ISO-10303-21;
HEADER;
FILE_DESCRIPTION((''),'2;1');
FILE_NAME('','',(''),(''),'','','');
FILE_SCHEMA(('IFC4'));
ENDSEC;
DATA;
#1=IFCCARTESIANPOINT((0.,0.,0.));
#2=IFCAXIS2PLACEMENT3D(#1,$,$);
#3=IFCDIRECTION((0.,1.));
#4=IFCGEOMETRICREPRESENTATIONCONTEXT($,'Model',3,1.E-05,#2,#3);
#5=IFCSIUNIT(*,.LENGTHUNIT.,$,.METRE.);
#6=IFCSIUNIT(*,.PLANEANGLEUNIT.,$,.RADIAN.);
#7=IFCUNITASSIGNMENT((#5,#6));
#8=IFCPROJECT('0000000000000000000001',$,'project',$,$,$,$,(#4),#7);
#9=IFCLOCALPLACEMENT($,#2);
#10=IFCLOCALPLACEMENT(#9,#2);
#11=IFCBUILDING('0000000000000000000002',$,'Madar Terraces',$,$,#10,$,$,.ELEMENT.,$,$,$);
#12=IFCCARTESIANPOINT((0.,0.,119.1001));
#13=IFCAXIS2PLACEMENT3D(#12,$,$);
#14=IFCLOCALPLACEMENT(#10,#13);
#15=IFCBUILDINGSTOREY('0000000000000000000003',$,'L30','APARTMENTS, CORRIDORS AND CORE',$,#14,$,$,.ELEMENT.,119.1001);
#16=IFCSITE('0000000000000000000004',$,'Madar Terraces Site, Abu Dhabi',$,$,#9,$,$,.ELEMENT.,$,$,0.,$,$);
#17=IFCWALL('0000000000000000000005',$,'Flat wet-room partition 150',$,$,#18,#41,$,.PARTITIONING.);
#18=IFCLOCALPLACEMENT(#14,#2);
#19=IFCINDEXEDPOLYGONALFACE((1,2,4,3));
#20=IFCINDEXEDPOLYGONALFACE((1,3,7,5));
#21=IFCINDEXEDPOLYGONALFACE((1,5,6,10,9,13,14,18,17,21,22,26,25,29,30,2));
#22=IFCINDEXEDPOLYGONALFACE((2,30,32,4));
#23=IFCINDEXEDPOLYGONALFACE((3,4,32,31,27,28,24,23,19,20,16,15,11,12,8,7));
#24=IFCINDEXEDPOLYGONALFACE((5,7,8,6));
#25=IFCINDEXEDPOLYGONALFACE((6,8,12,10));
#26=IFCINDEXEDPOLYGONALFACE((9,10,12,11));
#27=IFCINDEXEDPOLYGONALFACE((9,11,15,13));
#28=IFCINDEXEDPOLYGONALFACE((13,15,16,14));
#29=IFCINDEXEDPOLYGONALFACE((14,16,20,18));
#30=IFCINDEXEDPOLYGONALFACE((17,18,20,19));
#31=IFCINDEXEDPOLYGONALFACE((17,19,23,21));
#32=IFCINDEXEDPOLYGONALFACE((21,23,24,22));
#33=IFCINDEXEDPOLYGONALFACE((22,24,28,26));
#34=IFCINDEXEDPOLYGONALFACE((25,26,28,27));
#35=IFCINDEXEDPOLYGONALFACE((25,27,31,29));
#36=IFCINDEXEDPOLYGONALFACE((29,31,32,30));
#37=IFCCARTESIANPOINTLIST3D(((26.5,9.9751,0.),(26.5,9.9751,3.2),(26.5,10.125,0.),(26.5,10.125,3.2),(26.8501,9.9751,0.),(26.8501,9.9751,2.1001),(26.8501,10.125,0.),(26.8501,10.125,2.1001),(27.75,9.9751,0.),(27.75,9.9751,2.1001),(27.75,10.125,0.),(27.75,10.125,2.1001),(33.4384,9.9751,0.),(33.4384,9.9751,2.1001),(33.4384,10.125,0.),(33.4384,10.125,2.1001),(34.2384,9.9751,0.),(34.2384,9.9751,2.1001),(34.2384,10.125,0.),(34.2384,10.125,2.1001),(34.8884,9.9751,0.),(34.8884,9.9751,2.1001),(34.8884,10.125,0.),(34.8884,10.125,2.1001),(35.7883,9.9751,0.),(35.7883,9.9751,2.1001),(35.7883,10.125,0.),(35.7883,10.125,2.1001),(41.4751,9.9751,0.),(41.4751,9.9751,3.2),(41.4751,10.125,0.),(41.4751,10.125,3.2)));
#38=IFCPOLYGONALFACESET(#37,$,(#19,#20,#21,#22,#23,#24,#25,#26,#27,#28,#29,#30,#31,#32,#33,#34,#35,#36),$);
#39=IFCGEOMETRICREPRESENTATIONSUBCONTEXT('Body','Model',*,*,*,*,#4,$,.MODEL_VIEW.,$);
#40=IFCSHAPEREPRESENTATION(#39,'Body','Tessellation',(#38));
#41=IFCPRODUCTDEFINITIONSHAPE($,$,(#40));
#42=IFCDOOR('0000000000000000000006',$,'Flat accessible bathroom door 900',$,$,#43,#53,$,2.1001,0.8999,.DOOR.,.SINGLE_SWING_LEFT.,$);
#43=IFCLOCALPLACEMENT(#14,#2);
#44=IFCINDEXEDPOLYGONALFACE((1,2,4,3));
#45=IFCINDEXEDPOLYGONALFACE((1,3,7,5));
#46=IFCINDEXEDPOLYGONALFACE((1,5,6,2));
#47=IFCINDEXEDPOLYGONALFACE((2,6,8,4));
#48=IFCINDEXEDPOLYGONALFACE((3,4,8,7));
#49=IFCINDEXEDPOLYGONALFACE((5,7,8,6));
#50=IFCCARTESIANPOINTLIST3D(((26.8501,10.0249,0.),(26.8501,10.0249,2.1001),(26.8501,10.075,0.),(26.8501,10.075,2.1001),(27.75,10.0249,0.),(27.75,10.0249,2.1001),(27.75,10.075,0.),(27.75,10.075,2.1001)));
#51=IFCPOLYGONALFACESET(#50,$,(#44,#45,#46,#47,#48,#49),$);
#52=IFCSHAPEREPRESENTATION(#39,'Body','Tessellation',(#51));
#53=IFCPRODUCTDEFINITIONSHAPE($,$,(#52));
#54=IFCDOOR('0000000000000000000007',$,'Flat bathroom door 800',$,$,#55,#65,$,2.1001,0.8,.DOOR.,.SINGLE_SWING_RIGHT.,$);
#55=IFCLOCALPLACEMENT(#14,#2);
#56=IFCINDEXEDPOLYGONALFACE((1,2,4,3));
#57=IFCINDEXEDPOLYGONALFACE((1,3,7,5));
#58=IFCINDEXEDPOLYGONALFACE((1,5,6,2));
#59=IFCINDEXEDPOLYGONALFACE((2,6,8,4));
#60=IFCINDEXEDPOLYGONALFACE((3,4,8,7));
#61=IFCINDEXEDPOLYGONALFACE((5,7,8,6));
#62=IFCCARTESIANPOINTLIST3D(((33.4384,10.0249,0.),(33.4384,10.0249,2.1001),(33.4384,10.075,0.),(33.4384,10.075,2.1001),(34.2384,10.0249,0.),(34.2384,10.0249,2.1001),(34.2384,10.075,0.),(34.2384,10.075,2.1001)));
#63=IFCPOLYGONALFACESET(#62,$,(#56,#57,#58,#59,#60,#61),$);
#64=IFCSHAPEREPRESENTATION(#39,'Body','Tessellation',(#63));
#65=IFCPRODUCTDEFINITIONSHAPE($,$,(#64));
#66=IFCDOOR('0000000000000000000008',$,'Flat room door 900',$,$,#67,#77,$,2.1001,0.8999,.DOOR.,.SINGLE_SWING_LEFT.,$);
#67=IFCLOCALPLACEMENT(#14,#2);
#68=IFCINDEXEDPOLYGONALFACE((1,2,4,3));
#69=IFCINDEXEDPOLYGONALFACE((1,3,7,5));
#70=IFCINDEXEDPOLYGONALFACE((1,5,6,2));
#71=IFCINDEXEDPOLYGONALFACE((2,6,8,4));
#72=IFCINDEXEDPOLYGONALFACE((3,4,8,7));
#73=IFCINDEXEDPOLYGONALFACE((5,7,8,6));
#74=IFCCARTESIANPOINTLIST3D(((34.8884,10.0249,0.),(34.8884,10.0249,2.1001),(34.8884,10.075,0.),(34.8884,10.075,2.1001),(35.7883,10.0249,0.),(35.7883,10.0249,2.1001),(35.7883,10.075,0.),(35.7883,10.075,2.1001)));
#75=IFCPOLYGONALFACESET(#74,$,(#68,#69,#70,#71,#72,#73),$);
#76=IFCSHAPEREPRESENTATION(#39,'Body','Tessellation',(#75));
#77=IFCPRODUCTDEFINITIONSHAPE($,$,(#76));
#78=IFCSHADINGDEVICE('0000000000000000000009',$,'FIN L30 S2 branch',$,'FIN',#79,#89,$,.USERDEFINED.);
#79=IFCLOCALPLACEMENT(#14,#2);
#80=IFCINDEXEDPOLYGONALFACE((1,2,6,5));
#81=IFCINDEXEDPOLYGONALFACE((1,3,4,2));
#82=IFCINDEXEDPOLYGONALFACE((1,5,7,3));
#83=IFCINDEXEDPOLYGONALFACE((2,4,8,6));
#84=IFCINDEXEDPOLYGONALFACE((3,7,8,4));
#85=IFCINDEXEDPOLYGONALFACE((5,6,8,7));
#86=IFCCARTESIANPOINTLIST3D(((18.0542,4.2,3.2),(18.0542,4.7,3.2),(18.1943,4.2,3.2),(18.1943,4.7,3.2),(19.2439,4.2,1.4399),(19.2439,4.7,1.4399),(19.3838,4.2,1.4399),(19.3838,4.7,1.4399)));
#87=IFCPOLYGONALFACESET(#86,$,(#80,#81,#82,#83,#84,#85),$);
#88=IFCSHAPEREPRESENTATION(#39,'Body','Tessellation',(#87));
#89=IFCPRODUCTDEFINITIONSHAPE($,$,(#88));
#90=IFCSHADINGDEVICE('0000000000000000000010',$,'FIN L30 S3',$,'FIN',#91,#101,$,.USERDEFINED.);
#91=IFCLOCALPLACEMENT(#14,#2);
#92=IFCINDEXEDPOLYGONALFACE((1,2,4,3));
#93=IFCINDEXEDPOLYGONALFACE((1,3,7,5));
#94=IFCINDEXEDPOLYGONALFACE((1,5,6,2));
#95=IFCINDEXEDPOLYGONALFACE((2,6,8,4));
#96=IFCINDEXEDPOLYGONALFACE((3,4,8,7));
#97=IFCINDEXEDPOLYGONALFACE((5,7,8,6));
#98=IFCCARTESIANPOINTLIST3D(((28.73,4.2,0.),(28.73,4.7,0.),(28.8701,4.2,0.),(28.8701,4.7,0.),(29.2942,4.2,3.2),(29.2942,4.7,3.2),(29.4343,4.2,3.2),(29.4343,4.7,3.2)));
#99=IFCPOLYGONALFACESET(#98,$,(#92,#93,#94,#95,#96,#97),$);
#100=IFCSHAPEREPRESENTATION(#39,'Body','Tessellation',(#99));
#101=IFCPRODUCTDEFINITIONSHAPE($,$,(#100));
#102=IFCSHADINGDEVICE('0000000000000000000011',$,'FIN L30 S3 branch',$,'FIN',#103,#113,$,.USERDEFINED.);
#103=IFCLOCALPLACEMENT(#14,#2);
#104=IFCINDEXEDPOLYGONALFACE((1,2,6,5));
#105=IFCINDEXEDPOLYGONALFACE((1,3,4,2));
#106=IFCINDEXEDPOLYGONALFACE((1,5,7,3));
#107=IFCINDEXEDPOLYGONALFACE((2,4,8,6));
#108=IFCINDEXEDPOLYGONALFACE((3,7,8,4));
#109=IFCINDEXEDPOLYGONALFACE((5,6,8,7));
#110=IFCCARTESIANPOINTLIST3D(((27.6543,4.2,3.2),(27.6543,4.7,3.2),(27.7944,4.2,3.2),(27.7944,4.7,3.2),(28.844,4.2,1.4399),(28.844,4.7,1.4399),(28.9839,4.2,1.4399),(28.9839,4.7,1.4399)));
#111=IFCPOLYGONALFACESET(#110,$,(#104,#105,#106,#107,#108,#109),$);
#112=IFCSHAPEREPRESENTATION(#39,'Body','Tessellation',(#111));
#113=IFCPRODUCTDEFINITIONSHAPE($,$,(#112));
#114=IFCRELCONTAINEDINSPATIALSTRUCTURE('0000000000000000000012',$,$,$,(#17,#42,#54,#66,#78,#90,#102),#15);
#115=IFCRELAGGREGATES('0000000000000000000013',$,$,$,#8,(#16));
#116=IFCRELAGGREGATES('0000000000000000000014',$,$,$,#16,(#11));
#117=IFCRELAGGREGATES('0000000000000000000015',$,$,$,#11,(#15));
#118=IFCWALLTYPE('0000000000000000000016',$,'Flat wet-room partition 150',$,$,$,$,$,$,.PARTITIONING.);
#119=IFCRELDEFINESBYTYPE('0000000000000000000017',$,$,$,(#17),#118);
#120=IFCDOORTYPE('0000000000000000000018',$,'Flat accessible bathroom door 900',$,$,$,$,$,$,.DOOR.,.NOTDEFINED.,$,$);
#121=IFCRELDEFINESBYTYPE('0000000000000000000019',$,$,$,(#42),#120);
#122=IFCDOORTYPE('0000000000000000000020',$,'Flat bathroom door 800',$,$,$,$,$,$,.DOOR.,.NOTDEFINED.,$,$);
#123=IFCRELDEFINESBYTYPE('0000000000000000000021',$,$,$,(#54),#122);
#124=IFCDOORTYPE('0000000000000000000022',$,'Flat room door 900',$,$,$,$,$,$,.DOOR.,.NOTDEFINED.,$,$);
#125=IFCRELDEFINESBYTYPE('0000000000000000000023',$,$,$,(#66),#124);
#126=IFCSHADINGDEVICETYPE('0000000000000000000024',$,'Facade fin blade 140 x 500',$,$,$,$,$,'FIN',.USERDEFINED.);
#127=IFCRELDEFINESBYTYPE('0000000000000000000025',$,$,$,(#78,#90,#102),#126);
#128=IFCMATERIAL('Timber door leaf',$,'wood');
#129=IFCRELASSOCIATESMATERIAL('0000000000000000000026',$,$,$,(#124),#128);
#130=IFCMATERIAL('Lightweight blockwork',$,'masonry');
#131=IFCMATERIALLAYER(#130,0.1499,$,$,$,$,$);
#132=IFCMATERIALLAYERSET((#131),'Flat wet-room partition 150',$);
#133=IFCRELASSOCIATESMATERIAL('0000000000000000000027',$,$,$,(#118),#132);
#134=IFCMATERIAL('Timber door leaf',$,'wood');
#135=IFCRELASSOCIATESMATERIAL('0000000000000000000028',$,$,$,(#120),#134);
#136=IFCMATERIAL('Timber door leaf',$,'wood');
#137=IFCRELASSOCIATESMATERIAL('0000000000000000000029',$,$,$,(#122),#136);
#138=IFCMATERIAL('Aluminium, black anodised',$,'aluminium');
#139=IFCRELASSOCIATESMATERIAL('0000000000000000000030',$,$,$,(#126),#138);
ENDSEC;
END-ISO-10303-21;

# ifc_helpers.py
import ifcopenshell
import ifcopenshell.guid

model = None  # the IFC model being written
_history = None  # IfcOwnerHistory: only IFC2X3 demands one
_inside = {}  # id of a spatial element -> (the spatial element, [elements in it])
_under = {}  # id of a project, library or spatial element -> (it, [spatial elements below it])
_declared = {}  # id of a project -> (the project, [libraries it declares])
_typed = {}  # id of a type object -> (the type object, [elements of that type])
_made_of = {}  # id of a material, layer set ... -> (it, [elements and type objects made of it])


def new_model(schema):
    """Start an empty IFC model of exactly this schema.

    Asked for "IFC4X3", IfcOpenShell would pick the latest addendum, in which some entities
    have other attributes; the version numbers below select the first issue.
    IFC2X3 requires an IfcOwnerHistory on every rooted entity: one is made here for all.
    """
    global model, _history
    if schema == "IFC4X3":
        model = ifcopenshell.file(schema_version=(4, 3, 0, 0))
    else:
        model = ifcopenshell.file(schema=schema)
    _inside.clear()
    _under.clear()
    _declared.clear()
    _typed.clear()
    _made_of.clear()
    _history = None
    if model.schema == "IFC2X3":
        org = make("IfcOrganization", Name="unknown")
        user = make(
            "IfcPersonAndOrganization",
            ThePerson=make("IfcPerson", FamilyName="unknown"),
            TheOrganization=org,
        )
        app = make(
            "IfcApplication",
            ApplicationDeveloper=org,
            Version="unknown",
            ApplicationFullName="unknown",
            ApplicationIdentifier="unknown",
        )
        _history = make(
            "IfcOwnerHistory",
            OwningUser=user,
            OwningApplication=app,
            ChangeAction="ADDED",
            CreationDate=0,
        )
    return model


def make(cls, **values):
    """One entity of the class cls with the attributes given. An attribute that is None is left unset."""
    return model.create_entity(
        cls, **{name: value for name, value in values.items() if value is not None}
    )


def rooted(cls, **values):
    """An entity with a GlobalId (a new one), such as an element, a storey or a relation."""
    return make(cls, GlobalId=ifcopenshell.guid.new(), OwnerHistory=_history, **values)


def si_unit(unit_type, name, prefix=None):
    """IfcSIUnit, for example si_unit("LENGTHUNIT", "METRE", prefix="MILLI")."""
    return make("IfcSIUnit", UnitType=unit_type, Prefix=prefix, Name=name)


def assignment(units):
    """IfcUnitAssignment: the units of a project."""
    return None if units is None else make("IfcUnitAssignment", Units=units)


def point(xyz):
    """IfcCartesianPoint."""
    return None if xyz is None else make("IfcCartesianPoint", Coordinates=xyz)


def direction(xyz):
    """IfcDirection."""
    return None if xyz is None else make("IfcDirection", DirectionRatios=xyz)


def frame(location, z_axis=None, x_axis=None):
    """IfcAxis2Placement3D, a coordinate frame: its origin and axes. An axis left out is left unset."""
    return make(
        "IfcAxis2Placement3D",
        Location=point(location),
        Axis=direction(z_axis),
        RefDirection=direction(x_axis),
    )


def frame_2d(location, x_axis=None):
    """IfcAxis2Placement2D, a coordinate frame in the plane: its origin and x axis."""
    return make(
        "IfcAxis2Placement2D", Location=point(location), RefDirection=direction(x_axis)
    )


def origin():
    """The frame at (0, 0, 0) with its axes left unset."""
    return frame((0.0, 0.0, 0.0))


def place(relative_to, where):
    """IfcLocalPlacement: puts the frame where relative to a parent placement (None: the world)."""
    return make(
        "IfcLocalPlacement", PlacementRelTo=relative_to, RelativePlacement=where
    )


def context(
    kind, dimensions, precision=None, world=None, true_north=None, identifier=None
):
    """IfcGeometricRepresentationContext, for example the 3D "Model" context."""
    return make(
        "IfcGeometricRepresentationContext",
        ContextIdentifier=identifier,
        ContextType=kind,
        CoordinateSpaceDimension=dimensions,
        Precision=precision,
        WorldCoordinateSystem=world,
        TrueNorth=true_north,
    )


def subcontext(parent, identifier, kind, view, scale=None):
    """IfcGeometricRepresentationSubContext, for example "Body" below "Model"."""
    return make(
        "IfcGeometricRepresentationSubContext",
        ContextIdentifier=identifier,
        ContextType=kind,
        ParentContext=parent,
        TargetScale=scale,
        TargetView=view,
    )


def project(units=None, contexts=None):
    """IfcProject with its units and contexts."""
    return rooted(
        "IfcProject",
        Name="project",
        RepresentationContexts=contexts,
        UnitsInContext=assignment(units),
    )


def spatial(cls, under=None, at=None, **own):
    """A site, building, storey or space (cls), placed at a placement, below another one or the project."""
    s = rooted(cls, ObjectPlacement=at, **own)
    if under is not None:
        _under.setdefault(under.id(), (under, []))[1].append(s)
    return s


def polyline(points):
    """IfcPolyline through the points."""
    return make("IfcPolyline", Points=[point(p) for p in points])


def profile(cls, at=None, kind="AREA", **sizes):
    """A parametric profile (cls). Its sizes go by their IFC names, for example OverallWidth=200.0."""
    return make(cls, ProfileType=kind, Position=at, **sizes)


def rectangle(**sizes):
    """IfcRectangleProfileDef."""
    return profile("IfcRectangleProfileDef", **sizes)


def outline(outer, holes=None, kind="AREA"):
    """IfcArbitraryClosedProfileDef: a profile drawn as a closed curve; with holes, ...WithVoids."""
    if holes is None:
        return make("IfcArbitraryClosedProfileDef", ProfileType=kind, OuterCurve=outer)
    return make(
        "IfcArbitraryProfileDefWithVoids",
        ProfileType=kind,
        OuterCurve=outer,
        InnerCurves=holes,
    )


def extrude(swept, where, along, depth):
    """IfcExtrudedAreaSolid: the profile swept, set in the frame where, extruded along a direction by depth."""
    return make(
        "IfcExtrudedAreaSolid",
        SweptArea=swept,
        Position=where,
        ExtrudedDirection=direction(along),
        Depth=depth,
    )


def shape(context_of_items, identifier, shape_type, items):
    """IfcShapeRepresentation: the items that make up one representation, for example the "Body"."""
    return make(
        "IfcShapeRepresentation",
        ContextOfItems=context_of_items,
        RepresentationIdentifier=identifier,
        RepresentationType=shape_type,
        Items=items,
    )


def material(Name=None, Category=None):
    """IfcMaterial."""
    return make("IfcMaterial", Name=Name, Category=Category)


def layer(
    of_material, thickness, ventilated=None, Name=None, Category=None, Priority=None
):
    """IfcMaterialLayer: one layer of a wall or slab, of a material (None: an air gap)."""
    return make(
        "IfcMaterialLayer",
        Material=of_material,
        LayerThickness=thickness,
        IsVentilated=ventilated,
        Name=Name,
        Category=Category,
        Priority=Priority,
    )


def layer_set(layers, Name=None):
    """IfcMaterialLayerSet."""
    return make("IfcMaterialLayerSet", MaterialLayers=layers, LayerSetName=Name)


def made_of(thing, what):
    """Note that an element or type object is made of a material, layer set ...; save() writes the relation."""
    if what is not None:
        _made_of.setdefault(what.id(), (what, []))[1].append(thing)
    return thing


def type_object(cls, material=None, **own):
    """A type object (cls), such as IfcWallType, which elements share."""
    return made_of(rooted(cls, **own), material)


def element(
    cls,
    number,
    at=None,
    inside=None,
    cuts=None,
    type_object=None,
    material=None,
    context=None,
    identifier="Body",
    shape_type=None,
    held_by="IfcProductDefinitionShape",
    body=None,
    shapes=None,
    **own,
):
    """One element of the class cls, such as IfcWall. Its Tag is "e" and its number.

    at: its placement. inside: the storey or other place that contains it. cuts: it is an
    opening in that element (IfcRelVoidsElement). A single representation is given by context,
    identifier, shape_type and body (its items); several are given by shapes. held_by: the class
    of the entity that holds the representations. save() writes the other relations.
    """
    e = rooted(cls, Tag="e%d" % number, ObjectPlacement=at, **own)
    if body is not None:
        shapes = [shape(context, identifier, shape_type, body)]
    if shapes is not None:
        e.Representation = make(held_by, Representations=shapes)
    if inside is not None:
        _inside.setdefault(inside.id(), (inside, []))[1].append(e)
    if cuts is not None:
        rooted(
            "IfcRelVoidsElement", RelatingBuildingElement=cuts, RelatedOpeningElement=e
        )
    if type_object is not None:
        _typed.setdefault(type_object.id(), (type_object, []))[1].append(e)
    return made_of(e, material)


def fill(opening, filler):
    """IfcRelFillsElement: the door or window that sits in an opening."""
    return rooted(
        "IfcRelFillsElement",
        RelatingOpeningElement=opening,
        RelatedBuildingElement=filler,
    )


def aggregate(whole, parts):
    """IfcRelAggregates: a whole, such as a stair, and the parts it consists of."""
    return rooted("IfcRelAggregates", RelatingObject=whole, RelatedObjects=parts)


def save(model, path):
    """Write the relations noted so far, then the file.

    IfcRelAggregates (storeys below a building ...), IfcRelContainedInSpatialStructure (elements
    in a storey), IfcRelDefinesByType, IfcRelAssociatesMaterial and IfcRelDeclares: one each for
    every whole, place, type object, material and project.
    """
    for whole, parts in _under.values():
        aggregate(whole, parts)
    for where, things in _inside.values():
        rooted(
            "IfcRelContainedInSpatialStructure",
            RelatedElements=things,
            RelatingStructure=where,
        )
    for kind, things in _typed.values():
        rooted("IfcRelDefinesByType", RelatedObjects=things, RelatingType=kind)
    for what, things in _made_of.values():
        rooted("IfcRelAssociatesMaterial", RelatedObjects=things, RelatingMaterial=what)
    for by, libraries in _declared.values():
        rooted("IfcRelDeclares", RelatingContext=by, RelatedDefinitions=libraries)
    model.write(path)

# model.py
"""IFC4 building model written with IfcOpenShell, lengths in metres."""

from ifc_helpers import new_model, si_unit, direction, frame, frame_2d, origin, place, context, subcontext, project, spatial, polyline, rectangle, outline, extrude, material, layer, layer_set, type_object, element, fill, save


model = new_model("IFC4")

# Units and contexts
model_context = context("Model", 3, precision=1e-05, world=origin(), true_north=direction((0.0, 1.0)))
body_context = subcontext(model_context, "Body", "Model", "MODEL_VIEW")
ifc_project = project(units=[si_unit("LENGTHUNIT", "METRE"), si_unit("PLANEANGLEUNIT", "RADIAN")], contexts=[model_context])

# Site, building, storey
site_placement = place(None, origin())
site = spatial("IfcSite", under=ifc_project, at=site_placement, Name="Madar Terraces Site, Abu Dhabi", CompositionType="ELEMENT", RefElevation=0.0)
building_placement = place(site_placement, origin())
building = spatial("IfcBuilding", under=site, at=building_placement, Name="Madar Terraces", CompositionType="ELEMENT")
storey_placement = place(building_placement, frame((0.0, 0.0, 119.1001)))
storey = spatial("IfcBuildingStorey", under=building, at=storey_placement, Name="L30", Description="APARTMENTS, CORRIDORS AND CORE", CompositionType="ELEMENT", Elevation=119.1001)

# Shared definitions
ifc_material_1 = material(Name="Timber door leaf", Category="wood")
door_type_1 = type_object("IfcDoorType", Name="Flat room door 900", OperationType="NOTDEFINED", PredefinedType="DOOR", material=ifc_material_1)

# Shared definitions
ifc_material_2 = material(Name="Lightweight blockwork", Category="masonry")
ifc_layer_1 = layer(ifc_material_2, 0.1499)
ifc_layer_set_1 = layer_set([ifc_layer_1], Name="Flat wet-room partition 150")
wall_type_1 = type_object("IfcWallType", Name="Flat wet-room partition 150", PredefinedType="PARTITIONING", material=ifc_layer_set_1)

# Wall, openings, doors
wall_1_placement = place(storey_placement, frame((26.5, 10.05, 0.0), z_axis=(0.0, 0.0, 1.0), x_axis=(1.0, 0.0, 0.0)))
wall_1 = element("IfcWall", 1, at=wall_1_placement, inside=storey, type_object=wall_type_1, Name="Flat wet-room partition 150", PredefinedType="PARTITIONING", context=body_context, shape_type="SweptSolid", body=[
    extrude(rectangle(XDim=14.9751, YDim=0.1499, at=frame_2d((7.4875, 0.0))), origin(), (0.0, 0.0, 1.0), 3.2),
])
opening_1_placement = place(wall_1_placement, frame((8.3884, 0.0, 0.0)))
opening_1 = element("IfcOpeningElement", 2, at=opening_1_placement, cuts=wall_1, PredefinedType="OPENING", context=body_context, shape_type="SweptSolid", body=[
    extrude(rectangle(XDim=0.8999, YDim=2.1001, at=frame_2d((0.45, 1.05))), frame((0.0, 0.085, 0.0), z_axis=(0.0, -1.0, 0.0), x_axis=(1.0, 0.0, 0.0)), (0.0, 0.0, 1.0), 0.1699),
])
opening_2_placement = place(wall_1_placement, frame((6.9385, 0.0, 0.0)))
opening_2 = element("IfcOpeningElement", 3, at=opening_2_placement, cuts=wall_1, PredefinedType="OPENING", context=body_context, shape_type="SweptSolid", body=[
    extrude(rectangle(XDim=0.8, YDim=2.1001, at=frame_2d((0.3999, 1.05))), frame((0.0, 0.085, 0.0), z_axis=(0.0, -1.0, 0.0), x_axis=(1.0, 0.0, 0.0)), (0.0, 0.0, 1.0), 0.1699),
])
opening_3_placement = place(wall_1_placement, frame((0.3501, 0.0, 0.0)))
opening_3 = element("IfcOpeningElement", 4, at=opening_3_placement, cuts=wall_1, PredefinedType="OPENING", context=body_context, shape_type="SweptSolid", body=[
    extrude(rectangle(XDim=0.8999, YDim=2.1001, at=frame_2d((0.45, 1.05))), frame((0.0, 0.085, 0.0), z_axis=(0.0, -1.0, 0.0), x_axis=(1.0, 0.0, 0.0)), (0.0, 0.0, 1.0), 0.1699),
])
ifc_material_3 = material(Name="Timber door leaf", Category="wood")
door_type_2 = type_object("IfcDoorType", Name="Flat accessible bathroom door 900", OperationType="NOTDEFINED", PredefinedType="DOOR", material=ifc_material_3)
door_1_placement = place(opening_3_placement, origin())
door_1 = element("IfcDoor", 5, at=door_1_placement, inside=storey, type_object=door_type_2, Name="Flat accessible bathroom door 900", OperationType="SINGLE_SWING_LEFT", OverallHeight=2.1001, OverallWidth=0.8999, PredefinedType="DOOR", context=body_context, shape_type="SweptSolid", body=[
    extrude(rectangle(XDim=0.8999, YDim=2.1001, at=frame_2d((0.45, 1.05))), frame((0.0, 0.0249, 0.0), z_axis=(0.0, -1.0, 0.0), x_axis=(1.0, 0.0, 0.0)), (0.0, 0.0, 1.0), 0.05),
])
fill(opening_3, door_1)
ifc_material_4 = material(Name="Timber door leaf", Category="wood")
door_type_3 = type_object("IfcDoorType", Name="Flat bathroom door 800", OperationType="NOTDEFINED", PredefinedType="DOOR", material=ifc_material_4)
door_2_placement = place(opening_2_placement, origin())
door_2 = element("IfcDoor", 6, at=door_2_placement, inside=storey, type_object=door_type_3, Name="Flat bathroom door 800", OperationType="SINGLE_SWING_RIGHT", OverallHeight=2.1001, OverallWidth=0.8, PredefinedType="DOOR", context=body_context, shape_type="SweptSolid", body=[
    extrude(rectangle(XDim=0.8, YDim=2.1001, at=frame_2d((0.3999, 1.05))), frame((0.0, 0.0249, 0.0), z_axis=(0.0, -1.0, 0.0), x_axis=(1.0, 0.0, 0.0)), (0.0, 0.0, 1.0), 0.05),
])
fill(opening_2, door_2)
door_3_placement = place(opening_1_placement, origin())
door_3 = element("IfcDoor", 7, at=door_3_placement, inside=storey, type_object=door_type_1, Name="Flat room door 900", OperationType="SINGLE_SWING_LEFT", OverallHeight=2.1001, OverallWidth=0.8999, PredefinedType="DOOR", context=body_context, shape_type="SweptSolid", body=[
    extrude(rectangle(XDim=0.8999, YDim=2.1001, at=frame_2d((0.45, 1.05))), frame((0.0, 0.0249, 0.0), z_axis=(0.0, -1.0, 0.0), x_axis=(1.0, 0.0, 0.0)), (0.0, 0.0, 1.0), 0.05),
])
fill(opening_1, door_3)

# Shading devices
ifc_material_5 = material(Name="Aluminium, black anodised", Category="aluminium")
shading_device_type = type_object("IfcShadingDeviceType", Name="Facade fin blade 140 x 500", ElementType="FIN", PredefinedType="USERDEFINED", material=ifc_material_5)
shading_device_1_placement = place(storey_placement, frame((19.2439, 4.45, 1.4399), z_axis=(0.0, 0.0, 1.0), x_axis=(1.0, 0.0, 0.0)))
element("IfcShadingDevice", 8, at=shading_device_1_placement, inside=storey, type_object=shading_device_type, Name="FIN L30 S2 branch", ObjectType="FIN", PredefinedType="USERDEFINED", context=body_context, shape_type="SweptSolid", body=[
    extrude(outline(polyline([(0.0, 0.0), (0.1399, 0.0), (-1.0496, 1.76), (-1.1897, 1.76), (0.0, 0.0)])), frame((0.0, 0.25, 0.0), z_axis=(0.0, -1.0, 0.0), x_axis=(1.0, 0.0, 0.0)), (0.0, 0.0, 1.0), 0.5),
])
shading_device_2_placement = place(storey_placement, frame((28.73, 4.45, 0.0), z_axis=(0.0, 0.0, 1.0), x_axis=(1.0, 0.0, 0.0)))
element("IfcShadingDevice", 9, at=shading_device_2_placement, inside=storey, type_object=shading_device_type, Name="FIN L30 S3", ObjectType="FIN", PredefinedType="USERDEFINED", context=body_context, shape_type="SweptSolid", body=[
    extrude(outline(polyline([(0.0, 0.0), (0.1401, 0.0), (0.7043, 3.2), (0.5642, 3.2), (0.0, 0.0)])), frame((0.0, 0.25, 0.0), z_axis=(0.0, -1.0, 0.0), x_axis=(1.0, 0.0, 0.0)), (0.0, 0.0, 1.0), 0.5),
])
shading_device_3_placement = place(storey_placement, frame((28.844, 4.45, 1.4399), z_axis=(0.0, 0.0, 1.0), x_axis=(1.0, 0.0, 0.0)))
element("IfcShadingDevice", 10, at=shading_device_3_placement, inside=storey, type_object=shading_device_type, Name="FIN L30 S3 branch", ObjectType="FIN", PredefinedType="USERDEFINED", context=body_context, shape_type="SweptSolid", body=[
    extrude(outline(polyline([(0.0, 0.0), (0.1399, 0.0), (-1.0496, 1.76), (-1.1897, 1.76), (0.0, 0.0)])), frame((0.0, 0.25, 0.0), z_axis=(0.0, -1.0, 0.0), x_axis=(1.0, 0.0, 0.0)), (0.0, 0.0, 1.0), 0.5),
])

save(model, "model.ifc")
